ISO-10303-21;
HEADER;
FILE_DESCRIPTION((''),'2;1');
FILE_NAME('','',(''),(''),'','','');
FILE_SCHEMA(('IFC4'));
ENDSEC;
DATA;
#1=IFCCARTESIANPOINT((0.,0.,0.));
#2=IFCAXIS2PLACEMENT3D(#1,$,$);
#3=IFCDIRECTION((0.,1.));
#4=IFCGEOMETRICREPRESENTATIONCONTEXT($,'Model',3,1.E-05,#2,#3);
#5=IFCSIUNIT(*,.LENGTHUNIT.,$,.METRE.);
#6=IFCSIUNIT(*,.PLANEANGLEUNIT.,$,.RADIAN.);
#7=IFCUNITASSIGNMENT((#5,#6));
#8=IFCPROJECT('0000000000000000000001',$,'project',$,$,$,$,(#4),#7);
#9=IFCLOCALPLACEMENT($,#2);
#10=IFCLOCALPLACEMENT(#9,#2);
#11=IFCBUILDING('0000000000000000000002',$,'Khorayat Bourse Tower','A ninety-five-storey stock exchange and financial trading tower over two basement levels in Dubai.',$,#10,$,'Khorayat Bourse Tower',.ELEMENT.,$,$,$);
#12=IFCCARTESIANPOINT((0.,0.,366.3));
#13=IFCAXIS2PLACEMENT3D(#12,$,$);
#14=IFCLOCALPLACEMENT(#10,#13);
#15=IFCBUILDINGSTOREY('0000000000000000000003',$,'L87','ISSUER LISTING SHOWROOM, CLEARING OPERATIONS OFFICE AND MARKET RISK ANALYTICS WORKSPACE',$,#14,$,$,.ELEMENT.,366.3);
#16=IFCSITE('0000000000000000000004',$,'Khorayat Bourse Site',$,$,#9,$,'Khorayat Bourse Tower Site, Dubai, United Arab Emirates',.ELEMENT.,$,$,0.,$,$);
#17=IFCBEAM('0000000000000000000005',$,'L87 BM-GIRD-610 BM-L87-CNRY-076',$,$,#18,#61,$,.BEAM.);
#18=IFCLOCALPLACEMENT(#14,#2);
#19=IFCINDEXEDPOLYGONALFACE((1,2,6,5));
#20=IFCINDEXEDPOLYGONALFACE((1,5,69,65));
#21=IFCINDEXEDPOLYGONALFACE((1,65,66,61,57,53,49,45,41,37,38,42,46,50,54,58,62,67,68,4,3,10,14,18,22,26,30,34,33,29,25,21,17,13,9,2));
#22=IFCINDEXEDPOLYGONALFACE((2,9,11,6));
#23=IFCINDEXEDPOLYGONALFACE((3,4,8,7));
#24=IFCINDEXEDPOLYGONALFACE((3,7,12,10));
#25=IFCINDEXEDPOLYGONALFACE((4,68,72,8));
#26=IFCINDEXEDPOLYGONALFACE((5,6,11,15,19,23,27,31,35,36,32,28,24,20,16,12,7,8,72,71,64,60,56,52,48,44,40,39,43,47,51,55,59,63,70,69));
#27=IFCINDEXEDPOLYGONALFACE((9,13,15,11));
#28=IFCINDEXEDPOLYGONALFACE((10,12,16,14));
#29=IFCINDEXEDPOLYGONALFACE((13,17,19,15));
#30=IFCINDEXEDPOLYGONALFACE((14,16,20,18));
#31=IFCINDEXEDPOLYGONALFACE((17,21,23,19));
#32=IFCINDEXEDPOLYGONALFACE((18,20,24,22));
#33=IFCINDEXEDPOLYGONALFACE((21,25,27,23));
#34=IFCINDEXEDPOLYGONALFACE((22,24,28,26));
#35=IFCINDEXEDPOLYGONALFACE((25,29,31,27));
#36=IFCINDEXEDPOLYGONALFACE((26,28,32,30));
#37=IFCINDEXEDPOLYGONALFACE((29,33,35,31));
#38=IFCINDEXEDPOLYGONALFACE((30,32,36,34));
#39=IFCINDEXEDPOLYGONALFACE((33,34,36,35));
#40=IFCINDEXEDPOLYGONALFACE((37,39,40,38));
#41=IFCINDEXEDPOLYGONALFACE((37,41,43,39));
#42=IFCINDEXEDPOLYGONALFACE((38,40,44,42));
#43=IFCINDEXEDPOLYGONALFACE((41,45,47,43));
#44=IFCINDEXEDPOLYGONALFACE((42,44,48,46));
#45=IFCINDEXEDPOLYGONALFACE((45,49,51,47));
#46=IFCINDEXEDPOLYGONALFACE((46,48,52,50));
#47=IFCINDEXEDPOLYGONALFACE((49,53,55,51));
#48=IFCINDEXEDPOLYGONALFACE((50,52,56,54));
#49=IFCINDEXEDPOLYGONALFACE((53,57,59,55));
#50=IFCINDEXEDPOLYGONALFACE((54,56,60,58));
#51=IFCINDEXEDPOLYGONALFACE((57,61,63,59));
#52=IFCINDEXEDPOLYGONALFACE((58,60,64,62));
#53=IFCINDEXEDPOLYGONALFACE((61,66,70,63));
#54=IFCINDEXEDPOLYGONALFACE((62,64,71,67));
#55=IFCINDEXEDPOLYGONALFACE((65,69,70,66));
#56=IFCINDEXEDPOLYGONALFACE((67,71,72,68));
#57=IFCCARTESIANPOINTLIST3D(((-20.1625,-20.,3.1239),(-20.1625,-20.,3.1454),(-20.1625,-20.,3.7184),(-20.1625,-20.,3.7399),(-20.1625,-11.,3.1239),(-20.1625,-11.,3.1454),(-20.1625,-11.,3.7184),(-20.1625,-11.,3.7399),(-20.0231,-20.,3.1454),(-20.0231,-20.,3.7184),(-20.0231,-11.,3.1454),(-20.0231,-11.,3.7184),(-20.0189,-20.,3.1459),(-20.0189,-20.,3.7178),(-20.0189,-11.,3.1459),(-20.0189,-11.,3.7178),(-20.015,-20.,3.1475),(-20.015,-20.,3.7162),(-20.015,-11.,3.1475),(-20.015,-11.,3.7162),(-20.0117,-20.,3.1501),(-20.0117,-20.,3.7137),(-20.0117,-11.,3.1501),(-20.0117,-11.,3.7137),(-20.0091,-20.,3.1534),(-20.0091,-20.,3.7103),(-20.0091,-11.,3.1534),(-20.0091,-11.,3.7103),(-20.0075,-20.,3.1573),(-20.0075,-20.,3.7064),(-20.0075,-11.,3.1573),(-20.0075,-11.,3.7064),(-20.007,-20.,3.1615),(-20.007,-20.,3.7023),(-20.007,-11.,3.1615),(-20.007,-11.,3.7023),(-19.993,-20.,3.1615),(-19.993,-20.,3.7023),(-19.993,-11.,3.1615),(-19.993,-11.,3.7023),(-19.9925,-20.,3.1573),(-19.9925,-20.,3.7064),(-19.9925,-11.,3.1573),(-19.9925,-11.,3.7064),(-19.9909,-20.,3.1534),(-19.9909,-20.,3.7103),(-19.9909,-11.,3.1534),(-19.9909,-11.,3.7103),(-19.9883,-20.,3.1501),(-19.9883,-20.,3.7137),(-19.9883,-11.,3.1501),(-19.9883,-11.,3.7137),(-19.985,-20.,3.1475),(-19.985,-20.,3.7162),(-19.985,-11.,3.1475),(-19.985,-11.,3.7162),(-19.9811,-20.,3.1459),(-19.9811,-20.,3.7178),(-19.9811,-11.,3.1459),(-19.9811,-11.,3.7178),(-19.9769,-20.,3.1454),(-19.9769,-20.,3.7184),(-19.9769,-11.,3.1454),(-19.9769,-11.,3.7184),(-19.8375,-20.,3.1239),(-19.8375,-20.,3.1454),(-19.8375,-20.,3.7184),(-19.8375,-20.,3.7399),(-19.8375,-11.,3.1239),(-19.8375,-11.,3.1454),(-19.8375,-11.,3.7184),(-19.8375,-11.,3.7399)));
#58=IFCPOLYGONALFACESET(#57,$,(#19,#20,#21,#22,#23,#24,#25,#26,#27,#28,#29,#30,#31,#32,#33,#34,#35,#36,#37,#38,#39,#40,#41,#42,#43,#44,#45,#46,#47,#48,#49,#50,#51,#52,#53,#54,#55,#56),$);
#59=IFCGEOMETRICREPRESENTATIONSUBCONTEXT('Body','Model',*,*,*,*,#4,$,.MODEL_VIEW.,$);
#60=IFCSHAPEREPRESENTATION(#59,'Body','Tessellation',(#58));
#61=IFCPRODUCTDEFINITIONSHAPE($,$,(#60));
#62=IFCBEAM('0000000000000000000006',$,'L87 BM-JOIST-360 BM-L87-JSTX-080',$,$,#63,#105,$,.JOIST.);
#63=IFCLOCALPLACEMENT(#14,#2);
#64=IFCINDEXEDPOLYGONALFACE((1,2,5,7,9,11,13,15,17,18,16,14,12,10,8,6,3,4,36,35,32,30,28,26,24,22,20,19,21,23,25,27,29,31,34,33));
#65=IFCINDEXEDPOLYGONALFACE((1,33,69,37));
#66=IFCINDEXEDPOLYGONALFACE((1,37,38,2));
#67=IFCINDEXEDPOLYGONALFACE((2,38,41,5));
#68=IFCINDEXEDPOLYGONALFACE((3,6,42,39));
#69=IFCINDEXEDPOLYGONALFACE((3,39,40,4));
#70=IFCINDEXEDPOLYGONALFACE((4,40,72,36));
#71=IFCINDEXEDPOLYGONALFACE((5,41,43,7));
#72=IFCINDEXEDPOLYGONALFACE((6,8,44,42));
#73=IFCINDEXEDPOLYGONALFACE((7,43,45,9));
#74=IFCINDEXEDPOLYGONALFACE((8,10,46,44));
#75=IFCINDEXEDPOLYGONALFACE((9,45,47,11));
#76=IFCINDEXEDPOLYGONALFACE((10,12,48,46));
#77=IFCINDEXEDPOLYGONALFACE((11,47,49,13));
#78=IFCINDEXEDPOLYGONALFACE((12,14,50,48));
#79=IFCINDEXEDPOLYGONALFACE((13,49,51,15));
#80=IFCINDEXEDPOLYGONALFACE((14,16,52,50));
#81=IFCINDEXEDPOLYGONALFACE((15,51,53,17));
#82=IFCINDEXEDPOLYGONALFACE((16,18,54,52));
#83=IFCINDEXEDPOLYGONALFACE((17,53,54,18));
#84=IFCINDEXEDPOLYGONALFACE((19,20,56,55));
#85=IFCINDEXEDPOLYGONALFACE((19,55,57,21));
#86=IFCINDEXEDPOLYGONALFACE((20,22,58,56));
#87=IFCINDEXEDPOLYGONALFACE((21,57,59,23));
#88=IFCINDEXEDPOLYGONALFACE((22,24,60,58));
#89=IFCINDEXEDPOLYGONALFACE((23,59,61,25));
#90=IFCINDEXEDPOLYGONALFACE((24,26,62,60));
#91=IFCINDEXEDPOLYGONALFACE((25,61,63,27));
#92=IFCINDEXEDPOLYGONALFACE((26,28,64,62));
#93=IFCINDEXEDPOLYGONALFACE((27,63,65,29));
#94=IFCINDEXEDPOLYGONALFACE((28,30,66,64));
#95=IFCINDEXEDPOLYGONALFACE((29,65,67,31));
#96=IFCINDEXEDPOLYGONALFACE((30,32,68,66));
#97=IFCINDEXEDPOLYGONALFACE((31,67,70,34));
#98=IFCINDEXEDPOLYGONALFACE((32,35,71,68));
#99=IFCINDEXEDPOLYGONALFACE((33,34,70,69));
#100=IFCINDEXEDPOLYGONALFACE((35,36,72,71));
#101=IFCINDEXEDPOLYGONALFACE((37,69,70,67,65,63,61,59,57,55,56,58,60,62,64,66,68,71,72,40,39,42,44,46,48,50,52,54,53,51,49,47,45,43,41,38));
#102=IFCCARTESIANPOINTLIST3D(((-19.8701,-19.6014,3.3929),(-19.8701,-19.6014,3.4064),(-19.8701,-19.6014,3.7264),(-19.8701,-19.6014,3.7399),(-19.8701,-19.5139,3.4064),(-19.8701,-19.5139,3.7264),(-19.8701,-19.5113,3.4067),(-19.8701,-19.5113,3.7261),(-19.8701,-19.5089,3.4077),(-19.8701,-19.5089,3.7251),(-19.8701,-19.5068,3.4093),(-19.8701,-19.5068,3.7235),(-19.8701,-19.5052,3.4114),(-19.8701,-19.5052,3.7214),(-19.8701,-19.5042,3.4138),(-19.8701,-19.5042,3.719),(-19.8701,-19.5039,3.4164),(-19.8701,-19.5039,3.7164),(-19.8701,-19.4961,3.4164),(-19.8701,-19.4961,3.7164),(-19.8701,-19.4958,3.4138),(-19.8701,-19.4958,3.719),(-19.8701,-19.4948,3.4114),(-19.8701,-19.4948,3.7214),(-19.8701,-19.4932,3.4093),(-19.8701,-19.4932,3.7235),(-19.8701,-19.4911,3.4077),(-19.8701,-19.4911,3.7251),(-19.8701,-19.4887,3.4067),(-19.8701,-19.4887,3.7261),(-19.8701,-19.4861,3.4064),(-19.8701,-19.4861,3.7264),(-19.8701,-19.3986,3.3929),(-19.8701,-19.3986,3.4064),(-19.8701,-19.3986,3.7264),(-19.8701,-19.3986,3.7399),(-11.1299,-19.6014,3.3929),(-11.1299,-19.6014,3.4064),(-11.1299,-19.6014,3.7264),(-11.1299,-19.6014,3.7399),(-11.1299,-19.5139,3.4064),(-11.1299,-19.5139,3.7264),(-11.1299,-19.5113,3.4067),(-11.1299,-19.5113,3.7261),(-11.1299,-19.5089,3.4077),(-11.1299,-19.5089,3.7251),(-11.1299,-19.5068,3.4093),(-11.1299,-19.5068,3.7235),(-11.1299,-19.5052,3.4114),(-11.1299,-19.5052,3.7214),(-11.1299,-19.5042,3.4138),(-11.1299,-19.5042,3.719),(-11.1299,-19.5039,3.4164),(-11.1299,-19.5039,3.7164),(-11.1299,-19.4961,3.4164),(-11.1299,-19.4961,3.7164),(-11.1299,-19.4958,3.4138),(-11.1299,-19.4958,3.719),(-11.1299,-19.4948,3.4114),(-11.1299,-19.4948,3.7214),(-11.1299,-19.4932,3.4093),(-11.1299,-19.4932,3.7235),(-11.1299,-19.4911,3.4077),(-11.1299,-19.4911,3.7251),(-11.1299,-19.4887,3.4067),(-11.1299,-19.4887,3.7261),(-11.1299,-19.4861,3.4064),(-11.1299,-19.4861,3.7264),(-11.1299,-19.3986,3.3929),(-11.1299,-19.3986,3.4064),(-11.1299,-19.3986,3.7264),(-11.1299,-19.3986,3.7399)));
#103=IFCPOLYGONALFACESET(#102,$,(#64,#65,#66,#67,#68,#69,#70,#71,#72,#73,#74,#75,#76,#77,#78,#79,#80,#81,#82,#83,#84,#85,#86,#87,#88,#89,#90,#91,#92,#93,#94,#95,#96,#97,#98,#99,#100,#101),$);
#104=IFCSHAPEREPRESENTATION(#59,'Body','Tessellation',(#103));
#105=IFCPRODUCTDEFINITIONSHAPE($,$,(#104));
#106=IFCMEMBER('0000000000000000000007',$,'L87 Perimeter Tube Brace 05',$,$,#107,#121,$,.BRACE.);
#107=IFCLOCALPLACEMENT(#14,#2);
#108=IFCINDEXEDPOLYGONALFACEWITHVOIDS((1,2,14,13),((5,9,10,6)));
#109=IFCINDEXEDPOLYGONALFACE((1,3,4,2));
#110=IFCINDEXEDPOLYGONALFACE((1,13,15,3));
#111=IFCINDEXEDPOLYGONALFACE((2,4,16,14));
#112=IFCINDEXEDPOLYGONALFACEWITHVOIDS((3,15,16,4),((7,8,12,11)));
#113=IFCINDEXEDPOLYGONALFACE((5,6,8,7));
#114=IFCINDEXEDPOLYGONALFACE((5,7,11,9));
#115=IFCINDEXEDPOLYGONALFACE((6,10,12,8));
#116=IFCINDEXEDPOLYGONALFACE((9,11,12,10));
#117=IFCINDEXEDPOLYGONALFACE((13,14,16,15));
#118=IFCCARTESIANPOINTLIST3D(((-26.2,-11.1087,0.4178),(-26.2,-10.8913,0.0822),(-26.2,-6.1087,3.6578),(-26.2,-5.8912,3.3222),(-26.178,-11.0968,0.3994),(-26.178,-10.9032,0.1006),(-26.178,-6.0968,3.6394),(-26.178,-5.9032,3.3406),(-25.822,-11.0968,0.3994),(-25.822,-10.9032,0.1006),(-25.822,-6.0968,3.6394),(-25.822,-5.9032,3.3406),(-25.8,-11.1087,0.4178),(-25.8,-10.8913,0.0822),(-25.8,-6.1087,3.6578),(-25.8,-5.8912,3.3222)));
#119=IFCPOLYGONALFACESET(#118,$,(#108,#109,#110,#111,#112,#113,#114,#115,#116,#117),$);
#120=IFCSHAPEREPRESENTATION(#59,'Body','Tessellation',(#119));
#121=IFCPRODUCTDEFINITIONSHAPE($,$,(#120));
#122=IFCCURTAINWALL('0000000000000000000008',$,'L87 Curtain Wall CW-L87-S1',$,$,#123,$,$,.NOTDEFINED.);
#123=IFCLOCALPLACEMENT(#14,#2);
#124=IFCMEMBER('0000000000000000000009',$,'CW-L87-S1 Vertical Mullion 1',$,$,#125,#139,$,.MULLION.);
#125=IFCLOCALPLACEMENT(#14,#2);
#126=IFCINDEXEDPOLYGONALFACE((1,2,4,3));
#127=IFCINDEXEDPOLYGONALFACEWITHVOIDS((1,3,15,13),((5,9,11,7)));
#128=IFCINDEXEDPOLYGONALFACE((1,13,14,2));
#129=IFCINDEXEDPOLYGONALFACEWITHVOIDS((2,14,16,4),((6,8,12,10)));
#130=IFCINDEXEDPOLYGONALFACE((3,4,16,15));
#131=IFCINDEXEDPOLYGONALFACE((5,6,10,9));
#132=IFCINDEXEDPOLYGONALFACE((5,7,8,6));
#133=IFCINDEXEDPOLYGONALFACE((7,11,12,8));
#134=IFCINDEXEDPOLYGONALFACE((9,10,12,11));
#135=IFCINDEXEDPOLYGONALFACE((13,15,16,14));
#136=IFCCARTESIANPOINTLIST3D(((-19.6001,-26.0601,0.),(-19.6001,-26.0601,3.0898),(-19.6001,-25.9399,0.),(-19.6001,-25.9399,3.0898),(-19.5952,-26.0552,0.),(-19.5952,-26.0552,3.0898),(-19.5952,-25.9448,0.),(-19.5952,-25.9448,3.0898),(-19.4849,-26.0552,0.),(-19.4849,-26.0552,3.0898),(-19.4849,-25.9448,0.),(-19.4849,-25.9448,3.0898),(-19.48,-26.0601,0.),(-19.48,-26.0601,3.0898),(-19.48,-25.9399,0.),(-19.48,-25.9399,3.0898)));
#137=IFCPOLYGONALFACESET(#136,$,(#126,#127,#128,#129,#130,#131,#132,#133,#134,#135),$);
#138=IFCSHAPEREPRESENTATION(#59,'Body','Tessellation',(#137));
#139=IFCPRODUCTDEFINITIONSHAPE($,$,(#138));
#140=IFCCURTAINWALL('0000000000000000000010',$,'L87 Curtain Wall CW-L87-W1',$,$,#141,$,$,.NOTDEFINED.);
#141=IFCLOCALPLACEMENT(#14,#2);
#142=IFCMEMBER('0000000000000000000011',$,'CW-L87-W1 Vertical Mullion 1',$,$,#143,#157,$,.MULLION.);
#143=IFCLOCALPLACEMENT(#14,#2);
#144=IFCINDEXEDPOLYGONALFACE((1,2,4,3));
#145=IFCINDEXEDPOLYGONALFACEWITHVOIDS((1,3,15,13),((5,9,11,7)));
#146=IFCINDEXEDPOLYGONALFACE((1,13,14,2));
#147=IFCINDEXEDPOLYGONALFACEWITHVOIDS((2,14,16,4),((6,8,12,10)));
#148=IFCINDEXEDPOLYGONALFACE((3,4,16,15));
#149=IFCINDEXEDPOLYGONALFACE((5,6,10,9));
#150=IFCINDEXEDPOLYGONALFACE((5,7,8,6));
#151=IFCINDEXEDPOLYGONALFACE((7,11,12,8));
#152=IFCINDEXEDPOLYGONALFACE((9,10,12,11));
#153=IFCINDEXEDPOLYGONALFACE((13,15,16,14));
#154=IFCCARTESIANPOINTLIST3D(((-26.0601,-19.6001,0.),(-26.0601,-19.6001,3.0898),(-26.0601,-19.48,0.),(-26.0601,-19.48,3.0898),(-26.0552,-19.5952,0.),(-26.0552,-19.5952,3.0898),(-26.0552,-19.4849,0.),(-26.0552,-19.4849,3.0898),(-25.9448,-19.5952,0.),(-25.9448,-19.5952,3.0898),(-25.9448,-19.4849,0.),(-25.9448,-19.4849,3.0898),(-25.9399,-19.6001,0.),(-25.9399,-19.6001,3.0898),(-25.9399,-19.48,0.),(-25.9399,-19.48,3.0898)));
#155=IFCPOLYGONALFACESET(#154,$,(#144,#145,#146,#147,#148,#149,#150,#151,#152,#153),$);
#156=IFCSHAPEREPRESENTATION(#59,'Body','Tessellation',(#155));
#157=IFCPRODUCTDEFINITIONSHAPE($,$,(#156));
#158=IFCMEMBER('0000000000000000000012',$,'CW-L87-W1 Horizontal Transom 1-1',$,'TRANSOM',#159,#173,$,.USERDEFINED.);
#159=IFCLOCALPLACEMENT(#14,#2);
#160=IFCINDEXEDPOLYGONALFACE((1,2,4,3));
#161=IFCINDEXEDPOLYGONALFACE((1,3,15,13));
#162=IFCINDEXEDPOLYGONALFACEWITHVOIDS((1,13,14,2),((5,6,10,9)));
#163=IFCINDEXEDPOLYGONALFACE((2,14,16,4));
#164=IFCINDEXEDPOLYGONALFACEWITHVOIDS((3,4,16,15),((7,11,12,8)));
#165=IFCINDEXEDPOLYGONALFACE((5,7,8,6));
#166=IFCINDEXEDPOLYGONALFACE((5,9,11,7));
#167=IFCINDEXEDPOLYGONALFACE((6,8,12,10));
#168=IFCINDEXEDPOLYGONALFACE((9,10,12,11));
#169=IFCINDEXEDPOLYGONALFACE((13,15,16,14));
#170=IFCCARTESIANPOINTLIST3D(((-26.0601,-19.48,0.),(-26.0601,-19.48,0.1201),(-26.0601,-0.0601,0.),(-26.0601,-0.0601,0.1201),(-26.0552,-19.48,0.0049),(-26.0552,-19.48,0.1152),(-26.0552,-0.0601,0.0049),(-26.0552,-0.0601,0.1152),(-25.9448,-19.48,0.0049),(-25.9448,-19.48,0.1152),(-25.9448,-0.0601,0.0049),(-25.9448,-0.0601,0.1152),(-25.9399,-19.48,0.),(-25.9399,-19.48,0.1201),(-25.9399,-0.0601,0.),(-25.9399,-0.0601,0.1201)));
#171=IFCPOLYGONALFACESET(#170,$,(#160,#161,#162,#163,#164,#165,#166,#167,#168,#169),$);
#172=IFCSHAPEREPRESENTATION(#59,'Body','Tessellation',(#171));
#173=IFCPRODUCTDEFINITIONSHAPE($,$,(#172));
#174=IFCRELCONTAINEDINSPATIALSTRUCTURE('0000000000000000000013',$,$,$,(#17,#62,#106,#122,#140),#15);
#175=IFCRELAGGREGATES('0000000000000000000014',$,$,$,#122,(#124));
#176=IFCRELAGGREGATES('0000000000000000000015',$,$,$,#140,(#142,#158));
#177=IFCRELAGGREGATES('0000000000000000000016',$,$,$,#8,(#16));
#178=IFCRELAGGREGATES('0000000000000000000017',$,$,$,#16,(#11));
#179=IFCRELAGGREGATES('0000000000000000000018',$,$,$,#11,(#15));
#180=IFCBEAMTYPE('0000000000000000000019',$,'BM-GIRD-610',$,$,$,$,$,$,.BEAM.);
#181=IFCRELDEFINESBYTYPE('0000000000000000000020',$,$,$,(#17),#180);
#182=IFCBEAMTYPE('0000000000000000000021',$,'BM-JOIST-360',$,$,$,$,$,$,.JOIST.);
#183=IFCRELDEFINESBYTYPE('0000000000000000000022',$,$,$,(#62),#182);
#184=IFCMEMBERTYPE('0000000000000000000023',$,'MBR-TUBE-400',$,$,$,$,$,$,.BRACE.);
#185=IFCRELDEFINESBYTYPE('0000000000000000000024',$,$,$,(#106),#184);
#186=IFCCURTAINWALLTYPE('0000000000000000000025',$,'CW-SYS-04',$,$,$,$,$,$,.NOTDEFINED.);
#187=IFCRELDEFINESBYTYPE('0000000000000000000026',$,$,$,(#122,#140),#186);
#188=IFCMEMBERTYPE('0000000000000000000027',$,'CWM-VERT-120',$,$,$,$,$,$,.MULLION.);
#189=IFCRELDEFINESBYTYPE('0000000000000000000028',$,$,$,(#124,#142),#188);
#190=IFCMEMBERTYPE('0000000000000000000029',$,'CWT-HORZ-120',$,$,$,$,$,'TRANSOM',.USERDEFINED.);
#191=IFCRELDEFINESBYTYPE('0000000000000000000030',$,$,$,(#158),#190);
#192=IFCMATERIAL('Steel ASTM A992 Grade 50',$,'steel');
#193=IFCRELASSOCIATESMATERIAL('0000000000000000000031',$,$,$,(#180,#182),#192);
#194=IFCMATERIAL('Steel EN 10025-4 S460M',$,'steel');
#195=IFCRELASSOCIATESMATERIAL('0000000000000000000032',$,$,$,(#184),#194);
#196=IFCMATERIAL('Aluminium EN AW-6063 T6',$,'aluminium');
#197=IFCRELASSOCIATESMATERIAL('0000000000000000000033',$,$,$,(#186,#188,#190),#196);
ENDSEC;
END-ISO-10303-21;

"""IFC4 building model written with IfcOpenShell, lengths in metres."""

from ifc_helpers import new_model, si_unit, direction, frame, origin, origin_2d, place, context, subcontext, project, spatial, hollow_rectangle, i_section, extrude, source, transform, mapped, material, material_profile, profile_set, type_object, element, aggregate, save


model = new_model("IFC4")

# Units and contexts
model_context = context("Model", 3, precision=1e-05, world=origin(), true_north=direction((0.0, 1.0)))
body_context = subcontext(model_context, "Body", "Model", "MODEL_VIEW")
ifc_project = project(units=[si_unit("LENGTHUNIT", "METRE"), si_unit("PLANEANGLEUNIT", "RADIAN")], contexts=[model_context])

# Site, building, storey
site_placement = place(None, origin())
site = spatial("IfcSite", under=ifc_project, at=site_placement, Name="Khorayat Bourse Site", LongName="Khorayat Bourse Tower Site, Dubai, United Arab Emirates", CompositionType="ELEMENT", RefElevation=0.0)
building_placement = place(site_placement, origin())
building = spatial("IfcBuilding", under=site, at=building_placement, Name="Khorayat Bourse Tower", Description="A ninety-five-storey stock exchange and financial trading tower over two basement levels in Dubai.", LongName="Khorayat Bourse Tower", CompositionType="ELEMENT")
storey_placement = place(building_placement, frame((0.0, 0.0, 366.3)))
storey = spatial("IfcBuildingStorey", under=building, at=storey_placement, Name="L87", Description="ISSUER LISTING SHOWROOM, CLEARING OPERATIONS OFFICE AND MARKET RISK ANALYTICS WORKSPACE", CompositionType="ELEMENT", Elevation=366.3)

# Beams
ifc_material_1 = material(Name="Steel ASTM A992 Grade 50", Category="steel")
ifc_material_profile_1 = material_profile(ifc_material_1, i_section(OverallWidth=0.325, OverallDepth=0.616, WebThickness=0.0139, FlangeThickness=0.0215, FilletRadius=0.0161, at=origin_2d()), Name="W610X174")
ifc_profile_set_1 = profile_set([ifc_material_profile_1], Name="Steel ASTM A992 Grade 50")
beam_type_1 = type_object("IfcBeamType", Name="BM-GIRD-610", PredefinedType="BEAM", material=ifc_profile_set_1)
shared_shape_1 = source(origin(), body_context, "Body", "SweptSolid", [
    extrude(i_section(OverallWidth=0.325, OverallDepth=0.616, WebThickness=0.0139, FlangeThickness=0.0215, FilletRadius=0.0161, at=origin_2d()), origin(), (0.0, 0.0, 1.0), 9.0),
])
beam_1_placement = place(storey_placement, frame((-20.0, -20.0, 3.4319), z_axis=(0.0, 1.0, 0.0), x_axis=(-1.0, 0.0, 0.0)))
element("IfcBeam", 1, at=beam_1_placement, inside=storey, type_object=beam_type_1, Name="L87 BM-GIRD-610 BM-L87-CNRY-076", PredefinedType="BEAM", context=body_context, shape_type="MappedRepresentation", body=[
    mapped(shared_shape_1, transform((0.0, 0.0, 0.0), scale=1.0)),
])
ifc_material_profile_2 = material_profile(ifc_material_1, i_section(OverallWidth=0.2029, OverallDepth=0.3469, WebThickness=0.0078, FlangeThickness=0.0134, FilletRadius=0.01, at=origin_2d()), Name="W360X64")
ifc_profile_set_2 = profile_set([ifc_material_profile_2], Name="Steel ASTM A992 Grade 50")
beam_type_2 = type_object("IfcBeamType", Name="BM-JOIST-360", PredefinedType="JOIST", material=ifc_profile_set_2)
shared_shape_2 = source(origin(), body_context, "Body", "SweptSolid", [
    extrude(i_section(OverallWidth=0.2029, OverallDepth=0.3469, WebThickness=0.0078, FlangeThickness=0.0134, FilletRadius=0.01, at=origin_2d()), origin(), (0.0, 0.0, 1.0), 8.7402),
])
beam_2_placement = place(storey_placement, frame((-19.8701, -19.5, 3.5664), z_axis=(1.0, 0.0, 0.0), x_axis=(0.0, 1.0, 0.0)))
element("IfcBeam", 2, at=beam_2_placement, inside=storey, type_object=beam_type_2, Name="L87 BM-JOIST-360 BM-L87-JSTX-080", PredefinedType="JOIST", context=body_context, shape_type="MappedRepresentation", body=[
    mapped(shared_shape_2, transform((0.0, 0.0, 0.0), scale=1.0)),
])

# Member
ifc_material_2 = material(Name="Steel EN 10025-4 S460M", Category="steel")
ifc_material_profile_3 = material_profile(ifc_material_2, hollow_rectangle(XDim=0.3999, YDim=0.3999, WallThickness=0.022, at=origin_2d()), Name="HSS 400x400x22")
ifc_profile_set_3 = profile_set([ifc_material_profile_3], Name="Steel EN 10025-4 S460M")
member_type_1 = type_object("IfcMemberType", Name="MBR-TUBE-400", PredefinedType="BRACE", material=ifc_profile_set_3)
shared_shape_3 = source(origin(), body_context, "Body", "SweptSolid", [
    extrude(hollow_rectangle(XDim=0.3999, YDim=0.3999, WallThickness=0.022, at=origin_2d()), origin(), (0.0, 0.0, 1.0), 5.958),
])
member_1_placement = place(storey_placement, frame((-26.0, -11.0, 0.25), z_axis=(0.0, 0.83921, 0.543807), x_axis=(-1.0, 0.0, 0.0)))
element("IfcMember", 3, at=member_1_placement, inside=storey, type_object=member_type_1, Name="L87 Perimeter Tube Brace 05", PredefinedType="BRACE", context=body_context, shape_type="MappedRepresentation", body=[
    mapped(shared_shape_3, transform((0.0, 0.0, 0.0), scale=1.0)),
])

# Curtain wall, member
ifc_material_3 = material(Name="Aluminium EN AW-6063 T6", Category="aluminium")
curtain_wall_type = type_object("IfcCurtainWallType", Name="CW-SYS-04", PredefinedType="NOTDEFINED", material=ifc_material_3)
curtain_wall_1_placement = place(storey_placement, origin())
curtain_wall_1 = element("IfcCurtainWall", 4, at=curtain_wall_1_placement, inside=storey, type_object=curtain_wall_type, Name="L87 Curtain Wall CW-L87-S1", PredefinedType="NOTDEFINED")
ifc_material_profile_4 = material_profile(ifc_material_3, hollow_rectangle(XDim=0.1201, YDim=0.1201, WallThickness=0.0049, at=origin_2d()), Name="ALU 120x120x5")
ifc_profile_set_4 = profile_set([ifc_material_profile_4], Name="Aluminium EN AW-6063 T6")
member_type_2 = type_object("IfcMemberType", Name="CWM-VERT-120", PredefinedType="MULLION", material=ifc_profile_set_4)
shared_shape_4 = source(origin(), body_context, "Body", "SweptSolid", [
    extrude(hollow_rectangle(XDim=0.1201, YDim=0.1201, WallThickness=0.0049, at=origin_2d()), origin(), (0.0, 0.0, 1.0), 3.0898),
])
member_2_placement = place(storey_placement, frame((-19.54, -26.0, 0.0), z_axis=(0.0, 0.0, 1.0), x_axis=(0.0, 1.0, 0.0)))
member_2 = element("IfcMember", 5, at=member_2_placement, type_object=member_type_2, Name="CW-L87-S1 Vertical Mullion 1", PredefinedType="MULLION", context=body_context, shape_type="MappedRepresentation", body=[
    mapped(shared_shape_4, transform((0.0, 0.0, 0.0), scale=1.0)),
])
aggregate(curtain_wall_1, [member_2])

# Curtain wall, members
curtain_wall_2_placement = place(storey_placement, origin())
curtain_wall_2 = element("IfcCurtainWall", 6, at=curtain_wall_2_placement, inside=storey, type_object=curtain_wall_type, Name="L87 Curtain Wall CW-L87-W1", PredefinedType="NOTDEFINED")
member_3_placement = place(storey_placement, frame((-26.0, -19.54, 0.0), z_axis=(0.0, 0.0, 1.0), x_axis=(-1.0, 0.0, 0.0)))
member_3 = element("IfcMember", 7, at=member_3_placement, type_object=member_type_2, Name="CW-L87-W1 Vertical Mullion 1", PredefinedType="MULLION", context=body_context, shape_type="MappedRepresentation", body=[
    mapped(shared_shape_4, transform((0.0, 0.0, 0.0), scale=1.0)),
])
ifc_material_profile_5 = material_profile(ifc_material_3, hollow_rectangle(XDim=0.1201, YDim=0.1201, WallThickness=0.0049, at=origin_2d()), Name="ALU 120x120x5")
ifc_profile_set_5 = profile_set([ifc_material_profile_5], Name="Aluminium EN AW-6063 T6")
member_type_3 = type_object("IfcMemberType", Name="CWT-HORZ-120", ElementType="TRANSOM", PredefinedType="USERDEFINED", material=ifc_profile_set_5)
shared_shape_5 = source(origin(), body_context, "Body", "SweptSolid", [
    extrude(hollow_rectangle(XDim=0.1201, YDim=0.1201, WallThickness=0.0049, at=origin_2d()), origin(), (0.0, 0.0, 1.0), 19.4199),
])
member_4_placement = place(storey_placement, frame((-26.0, -19.48, 0.0601), z_axis=(0.0, 1.0, 0.0), x_axis=(-1.0, 0.0, 0.0)))
member_4 = element("IfcMember", 8, at=member_4_placement, type_object=member_type_3, Name="CW-L87-W1 Horizontal Transom 1-1", ObjectType="TRANSOM", PredefinedType="USERDEFINED", context=body_context, shape_type="MappedRepresentation", body=[
    mapped(shared_shape_5, transform((0.0, 0.0, 0.0), scale=1.0)),
])
aggregate(curtain_wall_2, [member_3, member_4])

save(model, "model.ifc")
